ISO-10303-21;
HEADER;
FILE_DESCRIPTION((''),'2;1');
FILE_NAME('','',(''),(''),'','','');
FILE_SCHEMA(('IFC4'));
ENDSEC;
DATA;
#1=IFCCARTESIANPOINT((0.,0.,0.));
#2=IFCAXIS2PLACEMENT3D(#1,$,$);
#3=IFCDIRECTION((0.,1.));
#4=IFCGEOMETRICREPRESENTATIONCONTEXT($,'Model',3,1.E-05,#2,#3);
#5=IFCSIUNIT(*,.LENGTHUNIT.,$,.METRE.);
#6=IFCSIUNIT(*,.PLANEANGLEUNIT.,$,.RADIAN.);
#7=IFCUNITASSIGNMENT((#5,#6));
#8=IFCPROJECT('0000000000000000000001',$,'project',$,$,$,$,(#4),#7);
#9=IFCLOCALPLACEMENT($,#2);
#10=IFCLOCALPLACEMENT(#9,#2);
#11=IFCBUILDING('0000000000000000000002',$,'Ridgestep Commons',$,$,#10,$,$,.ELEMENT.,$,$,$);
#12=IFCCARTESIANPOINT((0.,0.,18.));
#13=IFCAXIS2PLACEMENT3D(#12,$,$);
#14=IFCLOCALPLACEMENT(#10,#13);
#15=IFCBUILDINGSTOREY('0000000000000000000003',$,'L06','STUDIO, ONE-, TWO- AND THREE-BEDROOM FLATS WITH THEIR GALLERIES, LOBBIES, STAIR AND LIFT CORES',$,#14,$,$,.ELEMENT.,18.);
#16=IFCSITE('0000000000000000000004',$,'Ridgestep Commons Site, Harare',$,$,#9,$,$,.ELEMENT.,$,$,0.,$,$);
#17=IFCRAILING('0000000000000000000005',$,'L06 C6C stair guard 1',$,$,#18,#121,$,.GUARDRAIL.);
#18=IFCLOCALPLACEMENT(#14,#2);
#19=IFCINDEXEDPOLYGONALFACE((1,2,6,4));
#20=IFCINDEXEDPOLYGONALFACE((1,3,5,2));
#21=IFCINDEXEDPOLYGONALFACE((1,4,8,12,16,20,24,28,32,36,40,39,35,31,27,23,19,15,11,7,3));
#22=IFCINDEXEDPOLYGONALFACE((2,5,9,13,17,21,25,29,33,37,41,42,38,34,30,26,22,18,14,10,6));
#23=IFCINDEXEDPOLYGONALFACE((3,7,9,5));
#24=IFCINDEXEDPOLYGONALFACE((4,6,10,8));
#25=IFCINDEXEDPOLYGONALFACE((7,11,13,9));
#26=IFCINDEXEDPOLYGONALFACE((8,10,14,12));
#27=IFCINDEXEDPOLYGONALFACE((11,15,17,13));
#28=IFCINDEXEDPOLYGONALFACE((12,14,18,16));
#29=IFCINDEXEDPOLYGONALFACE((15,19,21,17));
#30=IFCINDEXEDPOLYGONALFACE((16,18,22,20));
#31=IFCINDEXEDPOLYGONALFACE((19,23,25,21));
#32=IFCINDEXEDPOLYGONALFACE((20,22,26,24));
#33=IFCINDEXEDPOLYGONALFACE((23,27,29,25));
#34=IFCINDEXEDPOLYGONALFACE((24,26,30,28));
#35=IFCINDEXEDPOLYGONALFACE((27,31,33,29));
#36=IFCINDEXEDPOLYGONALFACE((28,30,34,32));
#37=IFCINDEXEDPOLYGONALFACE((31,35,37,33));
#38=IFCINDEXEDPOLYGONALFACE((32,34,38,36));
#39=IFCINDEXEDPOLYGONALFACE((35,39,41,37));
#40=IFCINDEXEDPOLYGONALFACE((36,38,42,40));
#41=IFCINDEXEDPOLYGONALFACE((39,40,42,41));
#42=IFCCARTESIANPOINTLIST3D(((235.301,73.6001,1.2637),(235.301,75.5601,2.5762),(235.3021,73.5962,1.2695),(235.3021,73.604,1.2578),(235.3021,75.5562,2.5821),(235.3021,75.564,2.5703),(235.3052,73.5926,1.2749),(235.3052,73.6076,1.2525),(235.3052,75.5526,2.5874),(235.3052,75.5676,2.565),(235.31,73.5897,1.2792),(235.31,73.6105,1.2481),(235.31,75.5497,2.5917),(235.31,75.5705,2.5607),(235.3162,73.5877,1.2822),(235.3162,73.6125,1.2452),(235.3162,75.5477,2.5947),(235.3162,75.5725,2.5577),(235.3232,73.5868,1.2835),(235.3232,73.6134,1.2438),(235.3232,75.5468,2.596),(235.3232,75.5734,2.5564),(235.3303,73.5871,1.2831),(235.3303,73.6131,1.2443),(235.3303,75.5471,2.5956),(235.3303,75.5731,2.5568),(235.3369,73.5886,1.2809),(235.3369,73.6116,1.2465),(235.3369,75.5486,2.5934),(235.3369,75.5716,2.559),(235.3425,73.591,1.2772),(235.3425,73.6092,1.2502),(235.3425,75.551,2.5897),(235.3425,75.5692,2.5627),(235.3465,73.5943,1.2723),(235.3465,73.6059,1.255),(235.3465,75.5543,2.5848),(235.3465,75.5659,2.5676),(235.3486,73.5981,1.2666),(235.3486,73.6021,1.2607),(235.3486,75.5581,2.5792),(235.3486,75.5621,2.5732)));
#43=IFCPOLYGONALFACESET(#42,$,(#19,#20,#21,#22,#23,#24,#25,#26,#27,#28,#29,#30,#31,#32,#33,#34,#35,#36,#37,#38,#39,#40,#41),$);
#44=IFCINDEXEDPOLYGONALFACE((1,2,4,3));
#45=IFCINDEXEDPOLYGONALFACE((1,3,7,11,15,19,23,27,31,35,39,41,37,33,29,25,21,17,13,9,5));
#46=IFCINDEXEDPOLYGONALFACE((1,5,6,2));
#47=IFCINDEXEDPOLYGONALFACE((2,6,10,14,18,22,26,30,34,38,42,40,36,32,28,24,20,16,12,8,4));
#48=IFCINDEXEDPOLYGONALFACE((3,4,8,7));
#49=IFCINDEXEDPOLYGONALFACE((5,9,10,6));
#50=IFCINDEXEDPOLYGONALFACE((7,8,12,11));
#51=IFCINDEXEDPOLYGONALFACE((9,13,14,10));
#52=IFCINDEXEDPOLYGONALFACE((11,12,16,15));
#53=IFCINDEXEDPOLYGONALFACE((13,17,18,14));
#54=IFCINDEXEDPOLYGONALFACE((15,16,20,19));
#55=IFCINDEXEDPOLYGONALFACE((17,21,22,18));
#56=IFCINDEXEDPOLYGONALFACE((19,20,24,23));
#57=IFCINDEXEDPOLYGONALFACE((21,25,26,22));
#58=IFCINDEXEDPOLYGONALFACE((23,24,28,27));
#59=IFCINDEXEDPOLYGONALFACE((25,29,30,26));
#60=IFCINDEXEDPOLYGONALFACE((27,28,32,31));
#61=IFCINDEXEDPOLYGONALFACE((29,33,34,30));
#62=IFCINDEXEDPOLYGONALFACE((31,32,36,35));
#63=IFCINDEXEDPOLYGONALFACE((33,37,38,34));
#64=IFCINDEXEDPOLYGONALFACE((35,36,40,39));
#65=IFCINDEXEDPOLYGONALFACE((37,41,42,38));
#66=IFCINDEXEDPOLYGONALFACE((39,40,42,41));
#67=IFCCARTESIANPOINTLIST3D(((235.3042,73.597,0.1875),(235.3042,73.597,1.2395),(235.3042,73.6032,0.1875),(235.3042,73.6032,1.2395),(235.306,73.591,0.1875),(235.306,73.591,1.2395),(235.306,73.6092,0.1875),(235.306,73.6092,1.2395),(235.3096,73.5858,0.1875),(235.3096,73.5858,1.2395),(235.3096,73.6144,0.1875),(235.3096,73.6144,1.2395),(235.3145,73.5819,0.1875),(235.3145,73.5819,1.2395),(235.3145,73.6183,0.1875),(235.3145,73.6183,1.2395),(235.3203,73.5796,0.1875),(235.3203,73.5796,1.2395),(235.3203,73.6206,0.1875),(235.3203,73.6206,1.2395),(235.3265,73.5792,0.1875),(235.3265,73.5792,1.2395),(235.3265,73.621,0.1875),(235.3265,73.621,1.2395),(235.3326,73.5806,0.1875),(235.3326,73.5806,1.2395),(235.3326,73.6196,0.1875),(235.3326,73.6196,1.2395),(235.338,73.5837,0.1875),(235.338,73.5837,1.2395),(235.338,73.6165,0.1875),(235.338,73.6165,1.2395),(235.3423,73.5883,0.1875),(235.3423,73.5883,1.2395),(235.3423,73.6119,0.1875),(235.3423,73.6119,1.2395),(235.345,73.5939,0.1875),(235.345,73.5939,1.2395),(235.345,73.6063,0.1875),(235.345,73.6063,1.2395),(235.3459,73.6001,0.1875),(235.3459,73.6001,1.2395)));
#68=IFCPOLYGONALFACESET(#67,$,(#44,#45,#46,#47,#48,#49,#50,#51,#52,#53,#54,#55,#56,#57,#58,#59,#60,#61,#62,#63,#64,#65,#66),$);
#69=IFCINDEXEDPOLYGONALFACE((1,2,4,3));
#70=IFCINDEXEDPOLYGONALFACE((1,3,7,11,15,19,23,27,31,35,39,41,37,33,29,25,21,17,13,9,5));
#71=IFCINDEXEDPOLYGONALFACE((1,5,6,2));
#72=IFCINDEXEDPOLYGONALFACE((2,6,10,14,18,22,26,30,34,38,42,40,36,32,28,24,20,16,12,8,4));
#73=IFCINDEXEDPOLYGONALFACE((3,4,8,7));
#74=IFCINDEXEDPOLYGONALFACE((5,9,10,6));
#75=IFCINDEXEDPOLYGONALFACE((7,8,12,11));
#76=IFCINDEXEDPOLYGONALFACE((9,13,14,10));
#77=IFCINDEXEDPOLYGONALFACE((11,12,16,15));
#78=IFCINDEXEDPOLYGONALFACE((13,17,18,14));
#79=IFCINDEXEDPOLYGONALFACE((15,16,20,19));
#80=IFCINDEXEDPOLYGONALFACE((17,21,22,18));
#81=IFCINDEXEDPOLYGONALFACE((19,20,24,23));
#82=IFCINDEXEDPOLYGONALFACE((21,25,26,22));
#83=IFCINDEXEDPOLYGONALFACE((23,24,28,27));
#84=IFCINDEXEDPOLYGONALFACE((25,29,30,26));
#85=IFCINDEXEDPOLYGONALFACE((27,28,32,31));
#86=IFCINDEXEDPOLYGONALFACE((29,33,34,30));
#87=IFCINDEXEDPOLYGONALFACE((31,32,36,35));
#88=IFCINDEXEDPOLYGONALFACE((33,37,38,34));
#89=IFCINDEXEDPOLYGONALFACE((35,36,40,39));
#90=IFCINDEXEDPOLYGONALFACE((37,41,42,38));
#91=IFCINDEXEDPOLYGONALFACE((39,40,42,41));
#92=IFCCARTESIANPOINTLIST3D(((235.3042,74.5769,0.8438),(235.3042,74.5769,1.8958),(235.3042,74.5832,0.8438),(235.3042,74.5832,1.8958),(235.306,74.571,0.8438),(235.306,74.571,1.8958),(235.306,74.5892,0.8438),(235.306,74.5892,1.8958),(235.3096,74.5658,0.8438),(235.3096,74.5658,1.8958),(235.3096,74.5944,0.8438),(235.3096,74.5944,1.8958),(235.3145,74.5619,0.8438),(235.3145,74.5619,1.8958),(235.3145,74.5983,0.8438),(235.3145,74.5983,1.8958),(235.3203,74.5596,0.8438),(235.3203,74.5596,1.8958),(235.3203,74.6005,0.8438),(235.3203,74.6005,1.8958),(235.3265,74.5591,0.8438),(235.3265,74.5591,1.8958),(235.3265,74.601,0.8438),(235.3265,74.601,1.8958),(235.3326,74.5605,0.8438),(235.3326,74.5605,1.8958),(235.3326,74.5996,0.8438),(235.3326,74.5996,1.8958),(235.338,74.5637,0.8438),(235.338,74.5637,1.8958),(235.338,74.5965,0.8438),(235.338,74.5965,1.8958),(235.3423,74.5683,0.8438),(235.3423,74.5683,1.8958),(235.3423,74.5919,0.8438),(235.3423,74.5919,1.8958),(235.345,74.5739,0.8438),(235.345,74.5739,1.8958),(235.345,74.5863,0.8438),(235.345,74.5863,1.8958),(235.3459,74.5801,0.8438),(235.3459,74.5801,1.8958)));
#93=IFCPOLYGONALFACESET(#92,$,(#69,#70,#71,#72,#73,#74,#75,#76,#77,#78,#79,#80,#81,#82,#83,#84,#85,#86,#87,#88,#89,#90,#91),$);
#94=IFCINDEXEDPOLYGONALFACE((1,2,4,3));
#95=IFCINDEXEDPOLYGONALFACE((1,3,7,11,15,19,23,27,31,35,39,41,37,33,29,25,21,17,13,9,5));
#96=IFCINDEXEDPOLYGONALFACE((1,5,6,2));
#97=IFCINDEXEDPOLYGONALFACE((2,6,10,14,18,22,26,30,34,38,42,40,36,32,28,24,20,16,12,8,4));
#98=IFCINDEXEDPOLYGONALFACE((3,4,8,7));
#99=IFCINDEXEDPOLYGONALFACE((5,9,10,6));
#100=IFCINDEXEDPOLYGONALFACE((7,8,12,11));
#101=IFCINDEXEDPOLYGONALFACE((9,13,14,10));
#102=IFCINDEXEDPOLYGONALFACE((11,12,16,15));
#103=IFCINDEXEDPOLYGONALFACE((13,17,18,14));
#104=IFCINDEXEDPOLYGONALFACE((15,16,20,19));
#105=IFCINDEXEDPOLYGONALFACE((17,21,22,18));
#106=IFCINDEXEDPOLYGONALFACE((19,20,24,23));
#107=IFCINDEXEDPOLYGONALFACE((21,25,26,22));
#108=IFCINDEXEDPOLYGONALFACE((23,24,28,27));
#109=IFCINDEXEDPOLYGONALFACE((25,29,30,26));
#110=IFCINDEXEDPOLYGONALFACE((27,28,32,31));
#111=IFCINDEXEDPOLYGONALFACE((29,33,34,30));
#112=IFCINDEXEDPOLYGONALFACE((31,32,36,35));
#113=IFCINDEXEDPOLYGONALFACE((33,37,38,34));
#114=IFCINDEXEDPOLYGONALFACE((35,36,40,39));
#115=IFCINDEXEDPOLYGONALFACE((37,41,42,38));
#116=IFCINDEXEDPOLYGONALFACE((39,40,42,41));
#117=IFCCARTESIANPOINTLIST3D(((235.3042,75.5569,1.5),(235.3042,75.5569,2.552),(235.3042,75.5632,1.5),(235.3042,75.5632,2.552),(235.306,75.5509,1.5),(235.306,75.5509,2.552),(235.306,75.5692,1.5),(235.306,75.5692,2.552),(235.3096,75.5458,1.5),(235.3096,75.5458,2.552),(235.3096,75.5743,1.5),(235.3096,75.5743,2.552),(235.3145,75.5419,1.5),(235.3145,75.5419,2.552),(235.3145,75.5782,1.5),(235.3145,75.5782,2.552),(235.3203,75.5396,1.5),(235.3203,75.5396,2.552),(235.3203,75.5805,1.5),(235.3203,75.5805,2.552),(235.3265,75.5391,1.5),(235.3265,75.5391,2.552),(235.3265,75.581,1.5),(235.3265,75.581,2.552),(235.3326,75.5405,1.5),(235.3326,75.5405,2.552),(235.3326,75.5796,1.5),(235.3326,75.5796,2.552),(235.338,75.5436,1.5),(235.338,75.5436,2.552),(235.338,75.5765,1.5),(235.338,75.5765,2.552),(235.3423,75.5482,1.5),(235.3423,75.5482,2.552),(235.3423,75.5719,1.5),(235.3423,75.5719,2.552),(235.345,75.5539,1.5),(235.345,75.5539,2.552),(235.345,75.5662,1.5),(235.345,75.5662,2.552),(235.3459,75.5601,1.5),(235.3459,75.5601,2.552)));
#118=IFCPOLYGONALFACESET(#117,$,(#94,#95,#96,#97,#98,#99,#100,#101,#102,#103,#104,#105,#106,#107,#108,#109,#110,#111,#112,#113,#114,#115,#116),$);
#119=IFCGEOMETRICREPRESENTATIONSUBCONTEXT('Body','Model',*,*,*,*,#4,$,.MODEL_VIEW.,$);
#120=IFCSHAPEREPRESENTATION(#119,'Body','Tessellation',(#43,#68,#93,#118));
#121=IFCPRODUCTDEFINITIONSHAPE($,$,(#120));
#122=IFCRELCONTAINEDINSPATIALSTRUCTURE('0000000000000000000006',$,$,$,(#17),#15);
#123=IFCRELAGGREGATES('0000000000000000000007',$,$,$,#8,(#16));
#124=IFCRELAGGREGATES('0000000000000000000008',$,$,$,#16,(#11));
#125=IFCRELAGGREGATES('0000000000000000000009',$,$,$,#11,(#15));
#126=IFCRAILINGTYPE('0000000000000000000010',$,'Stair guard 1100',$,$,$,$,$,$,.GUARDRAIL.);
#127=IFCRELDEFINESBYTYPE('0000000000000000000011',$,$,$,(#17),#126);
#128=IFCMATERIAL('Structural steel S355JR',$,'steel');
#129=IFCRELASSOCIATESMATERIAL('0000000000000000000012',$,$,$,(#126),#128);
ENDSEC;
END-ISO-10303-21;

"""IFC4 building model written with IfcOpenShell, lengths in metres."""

from ifc_helpers import new_model, si_unit, direction, frame, origin, origin_2d, place, context, subcontext, project, spatial, circle, extrude, material, type_object, element, save


model = new_model("IFC4")

# Units and contexts
model_context = context("Model", 3, precision=1e-05, world=origin(), true_north=direction((0.0, 1.0)))
body_context = subcontext(model_context, "Body", "Model", "MODEL_VIEW")
ifc_project = project(units=[si_unit("LENGTHUNIT", "METRE"), si_unit("PLANEANGLEUNIT", "RADIAN")], contexts=[model_context])

# Site, building, storey
site_placement = place(None, origin())
site = spatial("IfcSite", under=ifc_project, at=site_placement, Name="Ridgestep Commons Site, Harare", CompositionType="ELEMENT", RefElevation=0.0)
building_placement = place(site_placement, origin())
building = spatial("IfcBuilding", under=site, at=building_placement, Name="Ridgestep Commons", CompositionType="ELEMENT")
storey_placement = place(building_placement, frame((0.0, 0.0, 18.0)))
storey = spatial("IfcBuildingStorey", under=building, at=storey_placement, Name="L06", Description="STUDIO, ONE-, TWO- AND THREE-BEDROOM FLATS WITH THEIR GALLERIES, LOBBIES, STAIR AND LIFT CORES", CompositionType="ELEMENT", Elevation=18.0)

# Railing
ifc_material_1 = material(Name="Structural steel S355JR", Category="steel")
railing_type_1 = type_object("IfcRailingType", Name="Stair guard 1100", PredefinedType="GUARDRAIL", material=ifc_material_1)
railing_1_placement = place(storey_placement, frame((235.325, 73.6001, 0.1875)))
element("IfcRailing", 1, at=railing_1_placement, inside=storey, type_object=railing_type_1, Name="L06 C6C stair guard 1", PredefinedType="GUARDRAIL", context=body_context, shape_type="SweptSolid", body=[
    extrude(circle(Radius=0.0239, at=origin_2d()), frame((0.0, 0.0, 1.0762), z_axis=(0.0, 0.830902, 0.556419), x_axis=(-1.0, 0.0, 0.0)), (0.0, 0.0, 1.0), 2.3589),
    extrude(circle(Radius=0.021, at=origin_2d()), origin(), (0.0, 0.0, 1.0), 1.052),
    extrude(circle(Radius=0.021, at=origin_2d()), frame((0.0, 0.98, 0.6562)), (0.0, 0.0, 1.0), 1.052),
    extrude(circle(Radius=0.021, at=origin_2d()), frame((0.0, 1.96, 1.3125)), (0.0, 0.0, 1.0), 1.052),
])

save(model, "model.ifc")
